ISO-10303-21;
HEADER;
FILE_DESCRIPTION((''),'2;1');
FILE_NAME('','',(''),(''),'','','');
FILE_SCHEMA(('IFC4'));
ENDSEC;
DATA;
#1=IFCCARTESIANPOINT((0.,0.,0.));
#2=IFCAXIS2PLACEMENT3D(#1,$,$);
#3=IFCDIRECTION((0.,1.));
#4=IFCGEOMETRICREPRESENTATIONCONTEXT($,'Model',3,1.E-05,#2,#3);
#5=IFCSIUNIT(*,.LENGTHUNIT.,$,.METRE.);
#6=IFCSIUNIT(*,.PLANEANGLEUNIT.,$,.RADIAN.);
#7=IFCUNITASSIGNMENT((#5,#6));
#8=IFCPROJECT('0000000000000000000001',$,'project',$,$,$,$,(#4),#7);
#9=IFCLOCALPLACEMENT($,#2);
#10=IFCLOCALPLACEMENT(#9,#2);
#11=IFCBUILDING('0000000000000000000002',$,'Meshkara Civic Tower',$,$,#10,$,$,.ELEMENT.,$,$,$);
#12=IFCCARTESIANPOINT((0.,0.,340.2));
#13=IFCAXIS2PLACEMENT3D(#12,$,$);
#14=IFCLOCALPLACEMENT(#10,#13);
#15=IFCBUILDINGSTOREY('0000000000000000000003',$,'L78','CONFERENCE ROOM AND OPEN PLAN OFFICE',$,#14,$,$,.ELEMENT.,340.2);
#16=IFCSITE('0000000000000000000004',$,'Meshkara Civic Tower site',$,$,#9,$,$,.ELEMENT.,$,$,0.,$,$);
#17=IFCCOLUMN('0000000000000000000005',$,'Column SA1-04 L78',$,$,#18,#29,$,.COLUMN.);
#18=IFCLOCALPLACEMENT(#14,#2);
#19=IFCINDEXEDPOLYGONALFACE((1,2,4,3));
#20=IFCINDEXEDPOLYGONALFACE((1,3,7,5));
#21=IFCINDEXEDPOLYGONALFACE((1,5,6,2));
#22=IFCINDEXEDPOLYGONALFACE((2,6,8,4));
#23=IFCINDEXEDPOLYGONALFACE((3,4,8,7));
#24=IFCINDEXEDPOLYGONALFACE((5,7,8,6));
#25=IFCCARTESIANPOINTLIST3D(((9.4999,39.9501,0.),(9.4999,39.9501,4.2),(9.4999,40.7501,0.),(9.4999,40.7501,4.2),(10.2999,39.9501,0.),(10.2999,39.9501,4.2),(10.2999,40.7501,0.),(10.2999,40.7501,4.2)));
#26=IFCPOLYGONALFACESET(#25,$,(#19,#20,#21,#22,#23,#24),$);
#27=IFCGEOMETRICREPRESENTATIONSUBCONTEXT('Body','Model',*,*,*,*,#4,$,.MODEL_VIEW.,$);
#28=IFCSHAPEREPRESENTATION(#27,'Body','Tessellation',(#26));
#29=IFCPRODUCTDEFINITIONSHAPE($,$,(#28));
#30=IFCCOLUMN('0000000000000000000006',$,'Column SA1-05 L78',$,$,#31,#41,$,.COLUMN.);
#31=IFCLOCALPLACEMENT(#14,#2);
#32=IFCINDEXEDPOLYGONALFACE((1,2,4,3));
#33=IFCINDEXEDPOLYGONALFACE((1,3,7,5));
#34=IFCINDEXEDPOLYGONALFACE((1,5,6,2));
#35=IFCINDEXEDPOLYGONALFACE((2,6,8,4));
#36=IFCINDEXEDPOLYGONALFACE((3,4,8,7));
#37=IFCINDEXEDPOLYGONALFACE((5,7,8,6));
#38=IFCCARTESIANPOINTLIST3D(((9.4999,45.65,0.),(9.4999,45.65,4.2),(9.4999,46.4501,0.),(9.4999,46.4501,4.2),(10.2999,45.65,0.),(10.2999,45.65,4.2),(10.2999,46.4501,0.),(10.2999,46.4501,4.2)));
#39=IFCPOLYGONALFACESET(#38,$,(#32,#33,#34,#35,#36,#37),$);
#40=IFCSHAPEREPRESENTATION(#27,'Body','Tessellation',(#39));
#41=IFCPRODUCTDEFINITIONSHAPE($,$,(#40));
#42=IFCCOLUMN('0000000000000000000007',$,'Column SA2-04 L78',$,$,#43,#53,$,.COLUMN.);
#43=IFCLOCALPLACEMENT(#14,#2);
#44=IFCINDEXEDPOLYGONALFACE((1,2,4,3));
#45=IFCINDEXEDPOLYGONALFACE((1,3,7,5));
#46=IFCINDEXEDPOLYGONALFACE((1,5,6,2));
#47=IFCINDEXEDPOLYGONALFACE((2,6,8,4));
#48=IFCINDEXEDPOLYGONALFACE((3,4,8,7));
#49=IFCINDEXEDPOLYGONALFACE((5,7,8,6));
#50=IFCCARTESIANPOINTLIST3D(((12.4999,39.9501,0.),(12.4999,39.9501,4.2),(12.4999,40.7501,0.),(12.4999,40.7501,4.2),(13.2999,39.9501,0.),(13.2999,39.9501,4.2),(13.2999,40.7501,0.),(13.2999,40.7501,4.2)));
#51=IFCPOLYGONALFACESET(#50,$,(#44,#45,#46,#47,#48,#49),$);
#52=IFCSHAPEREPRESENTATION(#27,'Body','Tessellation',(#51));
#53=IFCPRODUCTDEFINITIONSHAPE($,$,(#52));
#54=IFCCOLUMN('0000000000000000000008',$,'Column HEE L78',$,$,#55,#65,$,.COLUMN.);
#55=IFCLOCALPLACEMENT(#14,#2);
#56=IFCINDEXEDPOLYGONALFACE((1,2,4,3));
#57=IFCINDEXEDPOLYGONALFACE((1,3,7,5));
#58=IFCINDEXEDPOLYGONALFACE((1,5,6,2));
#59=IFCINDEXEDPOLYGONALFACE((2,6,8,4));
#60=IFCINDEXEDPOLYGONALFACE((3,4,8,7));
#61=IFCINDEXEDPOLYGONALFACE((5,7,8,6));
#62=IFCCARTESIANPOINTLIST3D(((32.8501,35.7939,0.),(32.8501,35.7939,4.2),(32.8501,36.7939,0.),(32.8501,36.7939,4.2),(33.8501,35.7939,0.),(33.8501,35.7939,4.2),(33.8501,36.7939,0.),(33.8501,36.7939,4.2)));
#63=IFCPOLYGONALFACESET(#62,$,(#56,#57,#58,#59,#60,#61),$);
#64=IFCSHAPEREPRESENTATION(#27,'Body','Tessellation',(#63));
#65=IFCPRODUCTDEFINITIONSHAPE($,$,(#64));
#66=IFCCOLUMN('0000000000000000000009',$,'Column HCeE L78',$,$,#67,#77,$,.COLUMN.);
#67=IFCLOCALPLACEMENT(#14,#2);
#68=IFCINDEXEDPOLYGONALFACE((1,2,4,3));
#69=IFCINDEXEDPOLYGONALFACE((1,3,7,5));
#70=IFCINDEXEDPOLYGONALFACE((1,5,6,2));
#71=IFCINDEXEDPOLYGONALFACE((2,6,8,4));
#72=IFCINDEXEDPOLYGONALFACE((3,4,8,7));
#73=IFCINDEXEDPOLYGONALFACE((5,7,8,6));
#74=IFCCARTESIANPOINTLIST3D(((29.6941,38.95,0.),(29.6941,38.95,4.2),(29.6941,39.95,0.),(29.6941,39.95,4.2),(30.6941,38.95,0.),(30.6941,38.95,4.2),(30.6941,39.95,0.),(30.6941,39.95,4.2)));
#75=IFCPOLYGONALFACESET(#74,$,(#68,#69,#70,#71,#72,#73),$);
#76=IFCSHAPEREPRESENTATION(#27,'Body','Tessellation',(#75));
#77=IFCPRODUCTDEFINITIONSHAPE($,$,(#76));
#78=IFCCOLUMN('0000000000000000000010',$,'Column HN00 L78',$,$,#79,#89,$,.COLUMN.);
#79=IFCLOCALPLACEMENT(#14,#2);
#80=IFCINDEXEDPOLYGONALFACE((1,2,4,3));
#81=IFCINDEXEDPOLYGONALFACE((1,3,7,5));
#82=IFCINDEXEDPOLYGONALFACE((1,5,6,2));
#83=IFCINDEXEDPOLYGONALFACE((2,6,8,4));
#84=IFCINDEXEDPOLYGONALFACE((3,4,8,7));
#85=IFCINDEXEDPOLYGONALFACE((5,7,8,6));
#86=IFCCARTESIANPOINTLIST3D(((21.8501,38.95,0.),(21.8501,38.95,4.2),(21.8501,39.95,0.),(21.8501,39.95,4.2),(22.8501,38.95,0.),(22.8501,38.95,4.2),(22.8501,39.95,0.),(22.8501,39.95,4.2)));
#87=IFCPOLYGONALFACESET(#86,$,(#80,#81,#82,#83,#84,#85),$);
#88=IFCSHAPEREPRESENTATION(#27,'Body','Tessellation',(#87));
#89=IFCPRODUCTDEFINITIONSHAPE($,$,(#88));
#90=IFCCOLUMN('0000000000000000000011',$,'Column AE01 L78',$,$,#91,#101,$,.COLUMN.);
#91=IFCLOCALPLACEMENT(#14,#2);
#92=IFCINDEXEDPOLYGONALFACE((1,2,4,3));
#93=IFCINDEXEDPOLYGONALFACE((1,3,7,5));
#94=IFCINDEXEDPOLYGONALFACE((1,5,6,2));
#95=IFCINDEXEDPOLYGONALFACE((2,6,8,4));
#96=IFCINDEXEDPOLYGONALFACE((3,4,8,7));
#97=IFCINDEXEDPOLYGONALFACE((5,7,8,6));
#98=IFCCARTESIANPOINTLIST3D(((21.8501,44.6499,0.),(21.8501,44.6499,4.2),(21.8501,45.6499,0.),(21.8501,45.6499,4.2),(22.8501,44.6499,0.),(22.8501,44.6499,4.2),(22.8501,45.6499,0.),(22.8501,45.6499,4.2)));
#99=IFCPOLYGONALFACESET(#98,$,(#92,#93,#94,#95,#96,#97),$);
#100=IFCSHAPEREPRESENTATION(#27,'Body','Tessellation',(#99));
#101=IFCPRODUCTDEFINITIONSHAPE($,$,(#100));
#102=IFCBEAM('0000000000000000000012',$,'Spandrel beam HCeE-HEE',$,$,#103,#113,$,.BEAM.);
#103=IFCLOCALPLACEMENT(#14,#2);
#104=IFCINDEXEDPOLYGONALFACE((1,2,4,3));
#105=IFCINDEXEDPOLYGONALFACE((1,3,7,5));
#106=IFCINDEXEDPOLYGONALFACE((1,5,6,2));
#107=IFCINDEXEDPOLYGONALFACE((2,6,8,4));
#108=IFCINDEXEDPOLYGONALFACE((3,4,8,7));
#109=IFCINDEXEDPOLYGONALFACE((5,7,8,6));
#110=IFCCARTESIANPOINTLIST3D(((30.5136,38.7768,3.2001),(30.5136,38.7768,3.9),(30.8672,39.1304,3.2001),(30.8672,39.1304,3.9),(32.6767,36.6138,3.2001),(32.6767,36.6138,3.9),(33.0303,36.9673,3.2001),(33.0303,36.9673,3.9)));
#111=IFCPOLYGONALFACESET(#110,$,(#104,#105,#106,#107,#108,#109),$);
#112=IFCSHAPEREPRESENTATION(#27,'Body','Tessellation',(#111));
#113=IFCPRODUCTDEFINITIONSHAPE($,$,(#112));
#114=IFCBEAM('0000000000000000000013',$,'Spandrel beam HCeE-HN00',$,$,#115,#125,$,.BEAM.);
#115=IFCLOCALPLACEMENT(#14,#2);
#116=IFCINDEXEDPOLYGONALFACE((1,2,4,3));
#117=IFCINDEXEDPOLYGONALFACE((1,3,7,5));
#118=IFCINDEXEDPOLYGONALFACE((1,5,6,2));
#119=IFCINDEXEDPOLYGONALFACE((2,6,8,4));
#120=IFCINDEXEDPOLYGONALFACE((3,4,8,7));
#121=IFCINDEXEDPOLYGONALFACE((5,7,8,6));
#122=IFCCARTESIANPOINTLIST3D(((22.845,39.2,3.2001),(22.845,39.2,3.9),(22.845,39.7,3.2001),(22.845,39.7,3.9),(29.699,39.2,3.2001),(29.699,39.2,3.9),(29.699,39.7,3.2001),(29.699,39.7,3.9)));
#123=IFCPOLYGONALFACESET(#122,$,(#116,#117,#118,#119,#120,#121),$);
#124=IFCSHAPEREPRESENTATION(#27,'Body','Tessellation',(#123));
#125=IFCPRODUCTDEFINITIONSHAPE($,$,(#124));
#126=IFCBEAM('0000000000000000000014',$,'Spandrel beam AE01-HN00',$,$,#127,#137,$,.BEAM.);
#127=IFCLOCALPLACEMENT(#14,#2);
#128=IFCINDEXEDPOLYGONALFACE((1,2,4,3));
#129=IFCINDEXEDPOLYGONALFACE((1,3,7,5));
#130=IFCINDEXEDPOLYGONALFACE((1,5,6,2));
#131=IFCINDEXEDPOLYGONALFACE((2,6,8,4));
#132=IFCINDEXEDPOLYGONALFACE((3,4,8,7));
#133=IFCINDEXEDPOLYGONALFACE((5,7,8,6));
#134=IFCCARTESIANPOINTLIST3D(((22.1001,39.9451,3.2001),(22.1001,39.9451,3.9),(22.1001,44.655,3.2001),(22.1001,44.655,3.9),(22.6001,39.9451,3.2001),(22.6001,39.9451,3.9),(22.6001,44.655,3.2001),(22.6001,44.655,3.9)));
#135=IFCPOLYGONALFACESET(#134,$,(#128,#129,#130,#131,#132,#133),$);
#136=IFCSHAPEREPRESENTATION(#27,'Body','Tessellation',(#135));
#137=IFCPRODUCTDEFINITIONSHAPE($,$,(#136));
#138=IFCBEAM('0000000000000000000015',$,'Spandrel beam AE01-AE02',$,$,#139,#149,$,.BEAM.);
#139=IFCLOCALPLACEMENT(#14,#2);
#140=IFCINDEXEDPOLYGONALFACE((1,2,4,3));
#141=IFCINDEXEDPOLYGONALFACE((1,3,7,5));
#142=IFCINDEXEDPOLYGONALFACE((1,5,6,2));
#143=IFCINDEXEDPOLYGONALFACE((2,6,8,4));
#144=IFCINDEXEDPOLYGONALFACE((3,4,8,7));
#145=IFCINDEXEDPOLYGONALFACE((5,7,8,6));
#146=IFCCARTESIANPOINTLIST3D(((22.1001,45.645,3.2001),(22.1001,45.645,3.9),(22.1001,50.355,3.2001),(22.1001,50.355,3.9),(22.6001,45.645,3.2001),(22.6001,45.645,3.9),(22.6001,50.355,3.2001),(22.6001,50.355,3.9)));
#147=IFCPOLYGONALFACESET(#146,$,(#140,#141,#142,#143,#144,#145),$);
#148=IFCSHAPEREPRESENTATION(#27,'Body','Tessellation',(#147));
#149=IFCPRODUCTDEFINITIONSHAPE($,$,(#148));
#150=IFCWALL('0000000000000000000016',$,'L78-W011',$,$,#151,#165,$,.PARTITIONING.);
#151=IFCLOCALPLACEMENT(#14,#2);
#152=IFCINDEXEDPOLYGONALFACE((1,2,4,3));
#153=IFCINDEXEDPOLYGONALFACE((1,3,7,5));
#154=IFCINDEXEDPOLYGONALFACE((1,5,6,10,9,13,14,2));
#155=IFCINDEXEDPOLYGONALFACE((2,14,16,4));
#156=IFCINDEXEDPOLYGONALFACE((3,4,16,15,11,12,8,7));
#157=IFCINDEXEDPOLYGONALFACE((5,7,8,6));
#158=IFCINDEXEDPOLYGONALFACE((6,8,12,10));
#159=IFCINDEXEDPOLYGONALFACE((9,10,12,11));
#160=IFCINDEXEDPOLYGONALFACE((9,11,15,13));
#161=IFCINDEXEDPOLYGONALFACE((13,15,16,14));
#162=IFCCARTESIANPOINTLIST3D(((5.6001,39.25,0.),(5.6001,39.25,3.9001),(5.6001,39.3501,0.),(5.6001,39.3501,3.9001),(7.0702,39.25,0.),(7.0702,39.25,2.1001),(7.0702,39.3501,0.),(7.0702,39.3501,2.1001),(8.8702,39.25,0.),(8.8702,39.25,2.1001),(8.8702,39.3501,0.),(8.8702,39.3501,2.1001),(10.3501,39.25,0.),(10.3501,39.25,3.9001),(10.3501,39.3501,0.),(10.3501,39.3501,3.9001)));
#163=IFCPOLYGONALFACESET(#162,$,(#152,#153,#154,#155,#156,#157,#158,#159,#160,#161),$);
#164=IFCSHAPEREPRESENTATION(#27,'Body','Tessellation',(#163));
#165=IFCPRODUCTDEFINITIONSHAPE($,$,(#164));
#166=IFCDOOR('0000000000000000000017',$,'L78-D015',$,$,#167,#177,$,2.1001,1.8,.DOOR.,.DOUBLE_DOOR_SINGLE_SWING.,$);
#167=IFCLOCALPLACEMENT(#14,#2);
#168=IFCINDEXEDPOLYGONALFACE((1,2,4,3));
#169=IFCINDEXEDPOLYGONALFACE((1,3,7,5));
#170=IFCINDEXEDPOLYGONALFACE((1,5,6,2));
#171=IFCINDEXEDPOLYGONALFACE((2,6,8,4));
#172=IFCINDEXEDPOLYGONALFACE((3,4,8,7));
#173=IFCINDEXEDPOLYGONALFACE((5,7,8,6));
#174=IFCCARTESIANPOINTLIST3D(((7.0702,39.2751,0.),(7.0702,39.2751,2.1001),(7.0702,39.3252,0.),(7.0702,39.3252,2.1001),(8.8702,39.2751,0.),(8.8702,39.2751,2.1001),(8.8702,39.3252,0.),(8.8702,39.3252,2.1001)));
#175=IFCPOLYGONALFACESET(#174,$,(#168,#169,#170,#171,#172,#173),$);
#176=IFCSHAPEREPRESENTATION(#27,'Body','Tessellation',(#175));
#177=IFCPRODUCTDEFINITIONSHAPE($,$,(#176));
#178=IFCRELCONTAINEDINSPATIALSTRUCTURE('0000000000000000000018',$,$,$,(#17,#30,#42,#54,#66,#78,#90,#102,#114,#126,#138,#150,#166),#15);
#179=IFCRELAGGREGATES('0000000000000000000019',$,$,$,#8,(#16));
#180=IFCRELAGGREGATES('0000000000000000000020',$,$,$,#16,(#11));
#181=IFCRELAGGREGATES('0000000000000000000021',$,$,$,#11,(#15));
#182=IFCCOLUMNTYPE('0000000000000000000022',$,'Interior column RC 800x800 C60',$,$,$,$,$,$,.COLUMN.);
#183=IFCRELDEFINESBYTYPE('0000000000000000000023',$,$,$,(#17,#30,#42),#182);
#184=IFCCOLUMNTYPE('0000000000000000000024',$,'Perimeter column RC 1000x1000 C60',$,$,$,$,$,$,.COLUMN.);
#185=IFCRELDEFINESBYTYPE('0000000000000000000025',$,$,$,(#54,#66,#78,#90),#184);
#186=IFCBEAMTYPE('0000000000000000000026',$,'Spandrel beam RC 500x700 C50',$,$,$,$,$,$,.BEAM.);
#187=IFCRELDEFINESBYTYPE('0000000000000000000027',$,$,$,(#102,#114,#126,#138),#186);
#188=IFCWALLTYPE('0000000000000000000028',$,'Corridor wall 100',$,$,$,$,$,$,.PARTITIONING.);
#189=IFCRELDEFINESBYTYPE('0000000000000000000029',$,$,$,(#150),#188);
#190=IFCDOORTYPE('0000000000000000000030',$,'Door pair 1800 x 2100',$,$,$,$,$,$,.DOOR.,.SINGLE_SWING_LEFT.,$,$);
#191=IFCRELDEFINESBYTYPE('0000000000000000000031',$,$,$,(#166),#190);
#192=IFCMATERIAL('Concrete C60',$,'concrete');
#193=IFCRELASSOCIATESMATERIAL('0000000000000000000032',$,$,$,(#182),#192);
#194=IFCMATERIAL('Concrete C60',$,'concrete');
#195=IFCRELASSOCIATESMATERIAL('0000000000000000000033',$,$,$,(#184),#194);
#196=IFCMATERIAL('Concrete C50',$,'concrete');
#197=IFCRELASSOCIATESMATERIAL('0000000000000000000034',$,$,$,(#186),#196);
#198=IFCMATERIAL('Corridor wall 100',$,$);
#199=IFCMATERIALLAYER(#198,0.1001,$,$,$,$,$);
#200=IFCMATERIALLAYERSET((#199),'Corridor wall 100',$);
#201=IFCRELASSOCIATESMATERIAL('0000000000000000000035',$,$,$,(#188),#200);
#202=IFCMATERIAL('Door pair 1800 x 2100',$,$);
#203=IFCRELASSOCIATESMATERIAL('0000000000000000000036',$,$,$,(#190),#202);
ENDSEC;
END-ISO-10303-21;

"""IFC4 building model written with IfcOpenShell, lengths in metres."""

from ifc_helpers import new_model, si_unit, direction, frame, frame_2d, origin, origin_2d, place, context, subcontext, project, spatial, rectangle, extrude, material, layer, layer_set, material_profile, profile_set, type_object, element, fill, save


model = new_model("IFC4")

# Units and contexts
model_context = context("Model", 3, precision=1e-05, world=origin(), true_north=direction((0.0, 1.0)))
body_context = subcontext(model_context, "Body", "Model", "MODEL_VIEW")
ifc_project = project(units=[si_unit("LENGTHUNIT", "METRE"), si_unit("PLANEANGLEUNIT", "RADIAN")], contexts=[model_context])

# Site, building, storey
site_placement = place(None, origin())
site = spatial("IfcSite", under=ifc_project, at=site_placement, Name="Meshkara Civic Tower site", CompositionType="ELEMENT", RefElevation=0.0)
building_placement = place(site_placement, origin())
building = spatial("IfcBuilding", under=site, at=building_placement, Name="Meshkara Civic Tower", CompositionType="ELEMENT")
storey_placement = place(building_placement, frame((0.0, 0.0, 340.2)))
storey = spatial("IfcBuildingStorey", under=building, at=storey_placement, Name="L78", Description="CONFERENCE ROOM AND OPEN PLAN OFFICE", CompositionType="ELEMENT", Elevation=340.2)

# Columns
ifc_material_1 = material(Name="Concrete C60", Category="concrete")
ifc_material_profile_1 = material_profile(ifc_material_1, rectangle(XDim=0.8, YDim=0.8, at=origin_2d()))
ifc_profile_set_1 = profile_set([ifc_material_profile_1], Name="Concrete C60")
column_type_1 = type_object("IfcColumnType", Name="Interior column RC 800x800 C60", PredefinedType="COLUMN", material=ifc_profile_set_1)
for number, where, z_axis, x_axis, name in (
    (1, (9.8999, 40.3501, 0.0), (0.0, 0.0, 1.0), (1.0, 0.0, 0.0), "Column SA1-04 L78"),
    (2, (9.8999, 46.05, 0.0), (0.0, 0.0, 1.0), (1.0, 0.0, 0.0), "Column SA1-05 L78"),
    (3, (12.8999, 40.3501, 0.0), (0.0, 0.0, 1.0), (1.0, 0.0, 0.0), "Column SA2-04 L78"),
):
    element("IfcColumn", number, at=place(storey_placement, frame(where, z_axis=z_axis, x_axis=x_axis)), inside=storey, type_object=column_type_1, Name=name, PredefinedType="COLUMN", context=body_context, shape_type="SweptSolid", body=[
        extrude(rectangle(XDim=0.8, YDim=0.8, at=origin_2d()), origin(), (0.0, 0.0, 1.0), 4.2),
    ])
ifc_material_2 = material(Name="Concrete C60", Category="concrete")
ifc_material_profile_2 = material_profile(ifc_material_2, rectangle(XDim=1.0, YDim=1.0, at=origin_2d()))
ifc_profile_set_2 = profile_set([ifc_material_profile_2], Name="Concrete C60")
column_type_2 = type_object("IfcColumnType", Name="Perimeter column RC 1000x1000 C60", PredefinedType="COLUMN", material=ifc_profile_set_2)
for number, where, z_axis, x_axis, name in (
    (4, (33.3501, 36.2939, 0.0), (0.0, 0.0, 1.0), (1.0, 0.0, 0.0), "Column HEE L78"),
    (5, (30.1941, 39.45, 0.0), (0.0, 0.0, 1.0), (1.0, 0.0, 0.0), "Column HCeE L78"),
    (6, (22.3501, 39.45, 0.0), (0.0, 0.0, 1.0), (1.0, 0.0, 0.0), "Column HN00 L78"),
    (7, (22.3501, 45.1499, 0.0), (0.0, 0.0, 1.0), (1.0, 0.0, 0.0), "Column AE01 L78"),
):
    element("IfcColumn", number, at=place(storey_placement, frame(where, z_axis=z_axis, x_axis=x_axis)), inside=storey, type_object=column_type_2, Name=name, PredefinedType="COLUMN", context=body_context, shape_type="SweptSolid", body=[
        extrude(rectangle(XDim=1.0, YDim=1.0, at=origin_2d()), origin(), (0.0, 0.0, 1.0), 4.2),
    ])

# Beams
ifc_material_3 = material(Name="Concrete C50", Category="concrete")
ifc_material_profile_3 = material_profile(ifc_material_3, rectangle(XDim=0.5, YDim=0.7, at=origin_2d()))
ifc_profile_set_3 = profile_set([ifc_material_profile_3], Name="Concrete C50")
beam_type = type_object("IfcBeamType", Name="Spandrel beam RC 500x700 C50", PredefinedType="BEAM", material=ifc_profile_set_3)
beam_1_placement = place(storey_placement, frame((32.8535, 36.7905, 3.55), z_axis=(-0.707107, 0.707107, 0.0), x_axis=(-0.707107, -0.707107, 0.0)))
element("IfcBeam", 8, at=beam_1_placement, inside=storey, type_object=beam_type, Name="Spandrel beam HCeE-HEE", PredefinedType="BEAM", context=body_context, shape_type="SweptSolid", body=[
    extrude(rectangle(XDim=0.5, YDim=0.7, at=origin_2d()), origin(), (0.0, 0.0, 1.0), 3.0591),
])
beam_2_placement = place(storey_placement, frame((29.699, 39.45, 3.55), z_axis=(-1.0, 0.0, 0.0), x_axis=(0.0, -1.0, 0.0)))
element("IfcBeam", 9, at=beam_2_placement, inside=storey, type_object=beam_type, Name="Spandrel beam HCeE-HN00", PredefinedType="BEAM", context=body_context, shape_type="SweptSolid", body=[
    extrude(rectangle(XDim=0.5, YDim=0.7, at=origin_2d()), origin(), (0.0, 0.0, 1.0), 6.854),
])
for number, where, z_axis, x_axis, name in (
    (10, (22.3501, 39.9451, 3.55), (0.0, 1.0, 0.0), (-1.0, 0.0, 0.0), "Spandrel beam AE01-HN00"),
    (11, (22.3501, 45.645, 3.55), (0.0, 1.0, 0.0), (-1.0, 0.0, 0.0), "Spandrel beam AE01-AE02"),
):
    element("IfcBeam", number, at=place(storey_placement, frame(where, z_axis=z_axis, x_axis=x_axis)), inside=storey, type_object=beam_type, Name=name, PredefinedType="BEAM", context=body_context, shape_type="SweptSolid", body=[
        extrude(rectangle(XDim=0.5, YDim=0.7, at=origin_2d()), origin(), (0.0, 0.0, 1.0), 4.71),
    ])

# Wall, opening, door
ifc_material_4 = material(Name="Corridor wall 100")
ifc_layer_1 = layer(ifc_material_4, 0.1001)
ifc_layer_set_1 = layer_set([ifc_layer_1], Name="Corridor wall 100")
wall_type_1 = type_object("IfcWallType", Name="Corridor wall 100", PredefinedType="PARTITIONING", material=ifc_layer_set_1)
wall_1_placement = place(storey_placement, frame((10.3501, 39.3, 0.0), z_axis=(0.0, 0.0, 1.0), x_axis=(-1.0, 0.0, 0.0)))
wall_1 = element("IfcWall", 12, at=wall_1_placement, inside=storey, type_object=wall_type_1, Name="L78-W011", PredefinedType="PARTITIONING", context=body_context, shape_type="SweptSolid", body=[
    extrude(rectangle(XDim=4.75, YDim=0.1001, at=frame_2d((2.375, 0.0))), origin(), (0.0, 0.0, 1.0), 3.9001),
])
opening_1_placement = place(wall_1_placement, frame((1.48, 0.0, 0.0)))
opening_1 = element("IfcOpeningElement", 13, at=opening_1_placement, cuts=wall_1, PredefinedType="OPENING", context=body_context, shape_type="SweptSolid", body=[
    extrude(rectangle(XDim=1.8, YDim=2.1001, at=frame_2d((0.8999, 1.05))), frame((0.0, 0.0601, 0.0), z_axis=(0.0, -1.0, 0.0), x_axis=(1.0, 0.0, 0.0)), (0.0, 0.0, 1.0), 0.1201),
])
ifc_material_5 = material(Name="Door pair 1800 x 2100")
door_type_1 = type_object("IfcDoorType", Name="Door pair 1800 x 2100", OperationType="SINGLE_SWING_LEFT", PredefinedType="DOOR", material=ifc_material_5)
door_1_placement = place(opening_1_placement, origin())
door_1 = element("IfcDoor", 14, at=door_1_placement, inside=storey, type_object=door_type_1, Name="L78-D015", OperationType="DOUBLE_DOOR_SINGLE_SWING", OverallHeight=2.1001, OverallWidth=1.8, PredefinedType="DOOR", context=body_context, shape_type="SweptSolid", body=[
    extrude(rectangle(XDim=1.8, YDim=2.1001, at=frame_2d((0.8999, 1.05))), frame((0.0, 0.0249, 0.0), z_axis=(0.0, -1.0, 0.0), x_axis=(1.0, 0.0, 0.0)), (0.0, 0.0, 1.0), 0.05),
])
fill(opening_1, door_1)

save(model, "model.ifc")
